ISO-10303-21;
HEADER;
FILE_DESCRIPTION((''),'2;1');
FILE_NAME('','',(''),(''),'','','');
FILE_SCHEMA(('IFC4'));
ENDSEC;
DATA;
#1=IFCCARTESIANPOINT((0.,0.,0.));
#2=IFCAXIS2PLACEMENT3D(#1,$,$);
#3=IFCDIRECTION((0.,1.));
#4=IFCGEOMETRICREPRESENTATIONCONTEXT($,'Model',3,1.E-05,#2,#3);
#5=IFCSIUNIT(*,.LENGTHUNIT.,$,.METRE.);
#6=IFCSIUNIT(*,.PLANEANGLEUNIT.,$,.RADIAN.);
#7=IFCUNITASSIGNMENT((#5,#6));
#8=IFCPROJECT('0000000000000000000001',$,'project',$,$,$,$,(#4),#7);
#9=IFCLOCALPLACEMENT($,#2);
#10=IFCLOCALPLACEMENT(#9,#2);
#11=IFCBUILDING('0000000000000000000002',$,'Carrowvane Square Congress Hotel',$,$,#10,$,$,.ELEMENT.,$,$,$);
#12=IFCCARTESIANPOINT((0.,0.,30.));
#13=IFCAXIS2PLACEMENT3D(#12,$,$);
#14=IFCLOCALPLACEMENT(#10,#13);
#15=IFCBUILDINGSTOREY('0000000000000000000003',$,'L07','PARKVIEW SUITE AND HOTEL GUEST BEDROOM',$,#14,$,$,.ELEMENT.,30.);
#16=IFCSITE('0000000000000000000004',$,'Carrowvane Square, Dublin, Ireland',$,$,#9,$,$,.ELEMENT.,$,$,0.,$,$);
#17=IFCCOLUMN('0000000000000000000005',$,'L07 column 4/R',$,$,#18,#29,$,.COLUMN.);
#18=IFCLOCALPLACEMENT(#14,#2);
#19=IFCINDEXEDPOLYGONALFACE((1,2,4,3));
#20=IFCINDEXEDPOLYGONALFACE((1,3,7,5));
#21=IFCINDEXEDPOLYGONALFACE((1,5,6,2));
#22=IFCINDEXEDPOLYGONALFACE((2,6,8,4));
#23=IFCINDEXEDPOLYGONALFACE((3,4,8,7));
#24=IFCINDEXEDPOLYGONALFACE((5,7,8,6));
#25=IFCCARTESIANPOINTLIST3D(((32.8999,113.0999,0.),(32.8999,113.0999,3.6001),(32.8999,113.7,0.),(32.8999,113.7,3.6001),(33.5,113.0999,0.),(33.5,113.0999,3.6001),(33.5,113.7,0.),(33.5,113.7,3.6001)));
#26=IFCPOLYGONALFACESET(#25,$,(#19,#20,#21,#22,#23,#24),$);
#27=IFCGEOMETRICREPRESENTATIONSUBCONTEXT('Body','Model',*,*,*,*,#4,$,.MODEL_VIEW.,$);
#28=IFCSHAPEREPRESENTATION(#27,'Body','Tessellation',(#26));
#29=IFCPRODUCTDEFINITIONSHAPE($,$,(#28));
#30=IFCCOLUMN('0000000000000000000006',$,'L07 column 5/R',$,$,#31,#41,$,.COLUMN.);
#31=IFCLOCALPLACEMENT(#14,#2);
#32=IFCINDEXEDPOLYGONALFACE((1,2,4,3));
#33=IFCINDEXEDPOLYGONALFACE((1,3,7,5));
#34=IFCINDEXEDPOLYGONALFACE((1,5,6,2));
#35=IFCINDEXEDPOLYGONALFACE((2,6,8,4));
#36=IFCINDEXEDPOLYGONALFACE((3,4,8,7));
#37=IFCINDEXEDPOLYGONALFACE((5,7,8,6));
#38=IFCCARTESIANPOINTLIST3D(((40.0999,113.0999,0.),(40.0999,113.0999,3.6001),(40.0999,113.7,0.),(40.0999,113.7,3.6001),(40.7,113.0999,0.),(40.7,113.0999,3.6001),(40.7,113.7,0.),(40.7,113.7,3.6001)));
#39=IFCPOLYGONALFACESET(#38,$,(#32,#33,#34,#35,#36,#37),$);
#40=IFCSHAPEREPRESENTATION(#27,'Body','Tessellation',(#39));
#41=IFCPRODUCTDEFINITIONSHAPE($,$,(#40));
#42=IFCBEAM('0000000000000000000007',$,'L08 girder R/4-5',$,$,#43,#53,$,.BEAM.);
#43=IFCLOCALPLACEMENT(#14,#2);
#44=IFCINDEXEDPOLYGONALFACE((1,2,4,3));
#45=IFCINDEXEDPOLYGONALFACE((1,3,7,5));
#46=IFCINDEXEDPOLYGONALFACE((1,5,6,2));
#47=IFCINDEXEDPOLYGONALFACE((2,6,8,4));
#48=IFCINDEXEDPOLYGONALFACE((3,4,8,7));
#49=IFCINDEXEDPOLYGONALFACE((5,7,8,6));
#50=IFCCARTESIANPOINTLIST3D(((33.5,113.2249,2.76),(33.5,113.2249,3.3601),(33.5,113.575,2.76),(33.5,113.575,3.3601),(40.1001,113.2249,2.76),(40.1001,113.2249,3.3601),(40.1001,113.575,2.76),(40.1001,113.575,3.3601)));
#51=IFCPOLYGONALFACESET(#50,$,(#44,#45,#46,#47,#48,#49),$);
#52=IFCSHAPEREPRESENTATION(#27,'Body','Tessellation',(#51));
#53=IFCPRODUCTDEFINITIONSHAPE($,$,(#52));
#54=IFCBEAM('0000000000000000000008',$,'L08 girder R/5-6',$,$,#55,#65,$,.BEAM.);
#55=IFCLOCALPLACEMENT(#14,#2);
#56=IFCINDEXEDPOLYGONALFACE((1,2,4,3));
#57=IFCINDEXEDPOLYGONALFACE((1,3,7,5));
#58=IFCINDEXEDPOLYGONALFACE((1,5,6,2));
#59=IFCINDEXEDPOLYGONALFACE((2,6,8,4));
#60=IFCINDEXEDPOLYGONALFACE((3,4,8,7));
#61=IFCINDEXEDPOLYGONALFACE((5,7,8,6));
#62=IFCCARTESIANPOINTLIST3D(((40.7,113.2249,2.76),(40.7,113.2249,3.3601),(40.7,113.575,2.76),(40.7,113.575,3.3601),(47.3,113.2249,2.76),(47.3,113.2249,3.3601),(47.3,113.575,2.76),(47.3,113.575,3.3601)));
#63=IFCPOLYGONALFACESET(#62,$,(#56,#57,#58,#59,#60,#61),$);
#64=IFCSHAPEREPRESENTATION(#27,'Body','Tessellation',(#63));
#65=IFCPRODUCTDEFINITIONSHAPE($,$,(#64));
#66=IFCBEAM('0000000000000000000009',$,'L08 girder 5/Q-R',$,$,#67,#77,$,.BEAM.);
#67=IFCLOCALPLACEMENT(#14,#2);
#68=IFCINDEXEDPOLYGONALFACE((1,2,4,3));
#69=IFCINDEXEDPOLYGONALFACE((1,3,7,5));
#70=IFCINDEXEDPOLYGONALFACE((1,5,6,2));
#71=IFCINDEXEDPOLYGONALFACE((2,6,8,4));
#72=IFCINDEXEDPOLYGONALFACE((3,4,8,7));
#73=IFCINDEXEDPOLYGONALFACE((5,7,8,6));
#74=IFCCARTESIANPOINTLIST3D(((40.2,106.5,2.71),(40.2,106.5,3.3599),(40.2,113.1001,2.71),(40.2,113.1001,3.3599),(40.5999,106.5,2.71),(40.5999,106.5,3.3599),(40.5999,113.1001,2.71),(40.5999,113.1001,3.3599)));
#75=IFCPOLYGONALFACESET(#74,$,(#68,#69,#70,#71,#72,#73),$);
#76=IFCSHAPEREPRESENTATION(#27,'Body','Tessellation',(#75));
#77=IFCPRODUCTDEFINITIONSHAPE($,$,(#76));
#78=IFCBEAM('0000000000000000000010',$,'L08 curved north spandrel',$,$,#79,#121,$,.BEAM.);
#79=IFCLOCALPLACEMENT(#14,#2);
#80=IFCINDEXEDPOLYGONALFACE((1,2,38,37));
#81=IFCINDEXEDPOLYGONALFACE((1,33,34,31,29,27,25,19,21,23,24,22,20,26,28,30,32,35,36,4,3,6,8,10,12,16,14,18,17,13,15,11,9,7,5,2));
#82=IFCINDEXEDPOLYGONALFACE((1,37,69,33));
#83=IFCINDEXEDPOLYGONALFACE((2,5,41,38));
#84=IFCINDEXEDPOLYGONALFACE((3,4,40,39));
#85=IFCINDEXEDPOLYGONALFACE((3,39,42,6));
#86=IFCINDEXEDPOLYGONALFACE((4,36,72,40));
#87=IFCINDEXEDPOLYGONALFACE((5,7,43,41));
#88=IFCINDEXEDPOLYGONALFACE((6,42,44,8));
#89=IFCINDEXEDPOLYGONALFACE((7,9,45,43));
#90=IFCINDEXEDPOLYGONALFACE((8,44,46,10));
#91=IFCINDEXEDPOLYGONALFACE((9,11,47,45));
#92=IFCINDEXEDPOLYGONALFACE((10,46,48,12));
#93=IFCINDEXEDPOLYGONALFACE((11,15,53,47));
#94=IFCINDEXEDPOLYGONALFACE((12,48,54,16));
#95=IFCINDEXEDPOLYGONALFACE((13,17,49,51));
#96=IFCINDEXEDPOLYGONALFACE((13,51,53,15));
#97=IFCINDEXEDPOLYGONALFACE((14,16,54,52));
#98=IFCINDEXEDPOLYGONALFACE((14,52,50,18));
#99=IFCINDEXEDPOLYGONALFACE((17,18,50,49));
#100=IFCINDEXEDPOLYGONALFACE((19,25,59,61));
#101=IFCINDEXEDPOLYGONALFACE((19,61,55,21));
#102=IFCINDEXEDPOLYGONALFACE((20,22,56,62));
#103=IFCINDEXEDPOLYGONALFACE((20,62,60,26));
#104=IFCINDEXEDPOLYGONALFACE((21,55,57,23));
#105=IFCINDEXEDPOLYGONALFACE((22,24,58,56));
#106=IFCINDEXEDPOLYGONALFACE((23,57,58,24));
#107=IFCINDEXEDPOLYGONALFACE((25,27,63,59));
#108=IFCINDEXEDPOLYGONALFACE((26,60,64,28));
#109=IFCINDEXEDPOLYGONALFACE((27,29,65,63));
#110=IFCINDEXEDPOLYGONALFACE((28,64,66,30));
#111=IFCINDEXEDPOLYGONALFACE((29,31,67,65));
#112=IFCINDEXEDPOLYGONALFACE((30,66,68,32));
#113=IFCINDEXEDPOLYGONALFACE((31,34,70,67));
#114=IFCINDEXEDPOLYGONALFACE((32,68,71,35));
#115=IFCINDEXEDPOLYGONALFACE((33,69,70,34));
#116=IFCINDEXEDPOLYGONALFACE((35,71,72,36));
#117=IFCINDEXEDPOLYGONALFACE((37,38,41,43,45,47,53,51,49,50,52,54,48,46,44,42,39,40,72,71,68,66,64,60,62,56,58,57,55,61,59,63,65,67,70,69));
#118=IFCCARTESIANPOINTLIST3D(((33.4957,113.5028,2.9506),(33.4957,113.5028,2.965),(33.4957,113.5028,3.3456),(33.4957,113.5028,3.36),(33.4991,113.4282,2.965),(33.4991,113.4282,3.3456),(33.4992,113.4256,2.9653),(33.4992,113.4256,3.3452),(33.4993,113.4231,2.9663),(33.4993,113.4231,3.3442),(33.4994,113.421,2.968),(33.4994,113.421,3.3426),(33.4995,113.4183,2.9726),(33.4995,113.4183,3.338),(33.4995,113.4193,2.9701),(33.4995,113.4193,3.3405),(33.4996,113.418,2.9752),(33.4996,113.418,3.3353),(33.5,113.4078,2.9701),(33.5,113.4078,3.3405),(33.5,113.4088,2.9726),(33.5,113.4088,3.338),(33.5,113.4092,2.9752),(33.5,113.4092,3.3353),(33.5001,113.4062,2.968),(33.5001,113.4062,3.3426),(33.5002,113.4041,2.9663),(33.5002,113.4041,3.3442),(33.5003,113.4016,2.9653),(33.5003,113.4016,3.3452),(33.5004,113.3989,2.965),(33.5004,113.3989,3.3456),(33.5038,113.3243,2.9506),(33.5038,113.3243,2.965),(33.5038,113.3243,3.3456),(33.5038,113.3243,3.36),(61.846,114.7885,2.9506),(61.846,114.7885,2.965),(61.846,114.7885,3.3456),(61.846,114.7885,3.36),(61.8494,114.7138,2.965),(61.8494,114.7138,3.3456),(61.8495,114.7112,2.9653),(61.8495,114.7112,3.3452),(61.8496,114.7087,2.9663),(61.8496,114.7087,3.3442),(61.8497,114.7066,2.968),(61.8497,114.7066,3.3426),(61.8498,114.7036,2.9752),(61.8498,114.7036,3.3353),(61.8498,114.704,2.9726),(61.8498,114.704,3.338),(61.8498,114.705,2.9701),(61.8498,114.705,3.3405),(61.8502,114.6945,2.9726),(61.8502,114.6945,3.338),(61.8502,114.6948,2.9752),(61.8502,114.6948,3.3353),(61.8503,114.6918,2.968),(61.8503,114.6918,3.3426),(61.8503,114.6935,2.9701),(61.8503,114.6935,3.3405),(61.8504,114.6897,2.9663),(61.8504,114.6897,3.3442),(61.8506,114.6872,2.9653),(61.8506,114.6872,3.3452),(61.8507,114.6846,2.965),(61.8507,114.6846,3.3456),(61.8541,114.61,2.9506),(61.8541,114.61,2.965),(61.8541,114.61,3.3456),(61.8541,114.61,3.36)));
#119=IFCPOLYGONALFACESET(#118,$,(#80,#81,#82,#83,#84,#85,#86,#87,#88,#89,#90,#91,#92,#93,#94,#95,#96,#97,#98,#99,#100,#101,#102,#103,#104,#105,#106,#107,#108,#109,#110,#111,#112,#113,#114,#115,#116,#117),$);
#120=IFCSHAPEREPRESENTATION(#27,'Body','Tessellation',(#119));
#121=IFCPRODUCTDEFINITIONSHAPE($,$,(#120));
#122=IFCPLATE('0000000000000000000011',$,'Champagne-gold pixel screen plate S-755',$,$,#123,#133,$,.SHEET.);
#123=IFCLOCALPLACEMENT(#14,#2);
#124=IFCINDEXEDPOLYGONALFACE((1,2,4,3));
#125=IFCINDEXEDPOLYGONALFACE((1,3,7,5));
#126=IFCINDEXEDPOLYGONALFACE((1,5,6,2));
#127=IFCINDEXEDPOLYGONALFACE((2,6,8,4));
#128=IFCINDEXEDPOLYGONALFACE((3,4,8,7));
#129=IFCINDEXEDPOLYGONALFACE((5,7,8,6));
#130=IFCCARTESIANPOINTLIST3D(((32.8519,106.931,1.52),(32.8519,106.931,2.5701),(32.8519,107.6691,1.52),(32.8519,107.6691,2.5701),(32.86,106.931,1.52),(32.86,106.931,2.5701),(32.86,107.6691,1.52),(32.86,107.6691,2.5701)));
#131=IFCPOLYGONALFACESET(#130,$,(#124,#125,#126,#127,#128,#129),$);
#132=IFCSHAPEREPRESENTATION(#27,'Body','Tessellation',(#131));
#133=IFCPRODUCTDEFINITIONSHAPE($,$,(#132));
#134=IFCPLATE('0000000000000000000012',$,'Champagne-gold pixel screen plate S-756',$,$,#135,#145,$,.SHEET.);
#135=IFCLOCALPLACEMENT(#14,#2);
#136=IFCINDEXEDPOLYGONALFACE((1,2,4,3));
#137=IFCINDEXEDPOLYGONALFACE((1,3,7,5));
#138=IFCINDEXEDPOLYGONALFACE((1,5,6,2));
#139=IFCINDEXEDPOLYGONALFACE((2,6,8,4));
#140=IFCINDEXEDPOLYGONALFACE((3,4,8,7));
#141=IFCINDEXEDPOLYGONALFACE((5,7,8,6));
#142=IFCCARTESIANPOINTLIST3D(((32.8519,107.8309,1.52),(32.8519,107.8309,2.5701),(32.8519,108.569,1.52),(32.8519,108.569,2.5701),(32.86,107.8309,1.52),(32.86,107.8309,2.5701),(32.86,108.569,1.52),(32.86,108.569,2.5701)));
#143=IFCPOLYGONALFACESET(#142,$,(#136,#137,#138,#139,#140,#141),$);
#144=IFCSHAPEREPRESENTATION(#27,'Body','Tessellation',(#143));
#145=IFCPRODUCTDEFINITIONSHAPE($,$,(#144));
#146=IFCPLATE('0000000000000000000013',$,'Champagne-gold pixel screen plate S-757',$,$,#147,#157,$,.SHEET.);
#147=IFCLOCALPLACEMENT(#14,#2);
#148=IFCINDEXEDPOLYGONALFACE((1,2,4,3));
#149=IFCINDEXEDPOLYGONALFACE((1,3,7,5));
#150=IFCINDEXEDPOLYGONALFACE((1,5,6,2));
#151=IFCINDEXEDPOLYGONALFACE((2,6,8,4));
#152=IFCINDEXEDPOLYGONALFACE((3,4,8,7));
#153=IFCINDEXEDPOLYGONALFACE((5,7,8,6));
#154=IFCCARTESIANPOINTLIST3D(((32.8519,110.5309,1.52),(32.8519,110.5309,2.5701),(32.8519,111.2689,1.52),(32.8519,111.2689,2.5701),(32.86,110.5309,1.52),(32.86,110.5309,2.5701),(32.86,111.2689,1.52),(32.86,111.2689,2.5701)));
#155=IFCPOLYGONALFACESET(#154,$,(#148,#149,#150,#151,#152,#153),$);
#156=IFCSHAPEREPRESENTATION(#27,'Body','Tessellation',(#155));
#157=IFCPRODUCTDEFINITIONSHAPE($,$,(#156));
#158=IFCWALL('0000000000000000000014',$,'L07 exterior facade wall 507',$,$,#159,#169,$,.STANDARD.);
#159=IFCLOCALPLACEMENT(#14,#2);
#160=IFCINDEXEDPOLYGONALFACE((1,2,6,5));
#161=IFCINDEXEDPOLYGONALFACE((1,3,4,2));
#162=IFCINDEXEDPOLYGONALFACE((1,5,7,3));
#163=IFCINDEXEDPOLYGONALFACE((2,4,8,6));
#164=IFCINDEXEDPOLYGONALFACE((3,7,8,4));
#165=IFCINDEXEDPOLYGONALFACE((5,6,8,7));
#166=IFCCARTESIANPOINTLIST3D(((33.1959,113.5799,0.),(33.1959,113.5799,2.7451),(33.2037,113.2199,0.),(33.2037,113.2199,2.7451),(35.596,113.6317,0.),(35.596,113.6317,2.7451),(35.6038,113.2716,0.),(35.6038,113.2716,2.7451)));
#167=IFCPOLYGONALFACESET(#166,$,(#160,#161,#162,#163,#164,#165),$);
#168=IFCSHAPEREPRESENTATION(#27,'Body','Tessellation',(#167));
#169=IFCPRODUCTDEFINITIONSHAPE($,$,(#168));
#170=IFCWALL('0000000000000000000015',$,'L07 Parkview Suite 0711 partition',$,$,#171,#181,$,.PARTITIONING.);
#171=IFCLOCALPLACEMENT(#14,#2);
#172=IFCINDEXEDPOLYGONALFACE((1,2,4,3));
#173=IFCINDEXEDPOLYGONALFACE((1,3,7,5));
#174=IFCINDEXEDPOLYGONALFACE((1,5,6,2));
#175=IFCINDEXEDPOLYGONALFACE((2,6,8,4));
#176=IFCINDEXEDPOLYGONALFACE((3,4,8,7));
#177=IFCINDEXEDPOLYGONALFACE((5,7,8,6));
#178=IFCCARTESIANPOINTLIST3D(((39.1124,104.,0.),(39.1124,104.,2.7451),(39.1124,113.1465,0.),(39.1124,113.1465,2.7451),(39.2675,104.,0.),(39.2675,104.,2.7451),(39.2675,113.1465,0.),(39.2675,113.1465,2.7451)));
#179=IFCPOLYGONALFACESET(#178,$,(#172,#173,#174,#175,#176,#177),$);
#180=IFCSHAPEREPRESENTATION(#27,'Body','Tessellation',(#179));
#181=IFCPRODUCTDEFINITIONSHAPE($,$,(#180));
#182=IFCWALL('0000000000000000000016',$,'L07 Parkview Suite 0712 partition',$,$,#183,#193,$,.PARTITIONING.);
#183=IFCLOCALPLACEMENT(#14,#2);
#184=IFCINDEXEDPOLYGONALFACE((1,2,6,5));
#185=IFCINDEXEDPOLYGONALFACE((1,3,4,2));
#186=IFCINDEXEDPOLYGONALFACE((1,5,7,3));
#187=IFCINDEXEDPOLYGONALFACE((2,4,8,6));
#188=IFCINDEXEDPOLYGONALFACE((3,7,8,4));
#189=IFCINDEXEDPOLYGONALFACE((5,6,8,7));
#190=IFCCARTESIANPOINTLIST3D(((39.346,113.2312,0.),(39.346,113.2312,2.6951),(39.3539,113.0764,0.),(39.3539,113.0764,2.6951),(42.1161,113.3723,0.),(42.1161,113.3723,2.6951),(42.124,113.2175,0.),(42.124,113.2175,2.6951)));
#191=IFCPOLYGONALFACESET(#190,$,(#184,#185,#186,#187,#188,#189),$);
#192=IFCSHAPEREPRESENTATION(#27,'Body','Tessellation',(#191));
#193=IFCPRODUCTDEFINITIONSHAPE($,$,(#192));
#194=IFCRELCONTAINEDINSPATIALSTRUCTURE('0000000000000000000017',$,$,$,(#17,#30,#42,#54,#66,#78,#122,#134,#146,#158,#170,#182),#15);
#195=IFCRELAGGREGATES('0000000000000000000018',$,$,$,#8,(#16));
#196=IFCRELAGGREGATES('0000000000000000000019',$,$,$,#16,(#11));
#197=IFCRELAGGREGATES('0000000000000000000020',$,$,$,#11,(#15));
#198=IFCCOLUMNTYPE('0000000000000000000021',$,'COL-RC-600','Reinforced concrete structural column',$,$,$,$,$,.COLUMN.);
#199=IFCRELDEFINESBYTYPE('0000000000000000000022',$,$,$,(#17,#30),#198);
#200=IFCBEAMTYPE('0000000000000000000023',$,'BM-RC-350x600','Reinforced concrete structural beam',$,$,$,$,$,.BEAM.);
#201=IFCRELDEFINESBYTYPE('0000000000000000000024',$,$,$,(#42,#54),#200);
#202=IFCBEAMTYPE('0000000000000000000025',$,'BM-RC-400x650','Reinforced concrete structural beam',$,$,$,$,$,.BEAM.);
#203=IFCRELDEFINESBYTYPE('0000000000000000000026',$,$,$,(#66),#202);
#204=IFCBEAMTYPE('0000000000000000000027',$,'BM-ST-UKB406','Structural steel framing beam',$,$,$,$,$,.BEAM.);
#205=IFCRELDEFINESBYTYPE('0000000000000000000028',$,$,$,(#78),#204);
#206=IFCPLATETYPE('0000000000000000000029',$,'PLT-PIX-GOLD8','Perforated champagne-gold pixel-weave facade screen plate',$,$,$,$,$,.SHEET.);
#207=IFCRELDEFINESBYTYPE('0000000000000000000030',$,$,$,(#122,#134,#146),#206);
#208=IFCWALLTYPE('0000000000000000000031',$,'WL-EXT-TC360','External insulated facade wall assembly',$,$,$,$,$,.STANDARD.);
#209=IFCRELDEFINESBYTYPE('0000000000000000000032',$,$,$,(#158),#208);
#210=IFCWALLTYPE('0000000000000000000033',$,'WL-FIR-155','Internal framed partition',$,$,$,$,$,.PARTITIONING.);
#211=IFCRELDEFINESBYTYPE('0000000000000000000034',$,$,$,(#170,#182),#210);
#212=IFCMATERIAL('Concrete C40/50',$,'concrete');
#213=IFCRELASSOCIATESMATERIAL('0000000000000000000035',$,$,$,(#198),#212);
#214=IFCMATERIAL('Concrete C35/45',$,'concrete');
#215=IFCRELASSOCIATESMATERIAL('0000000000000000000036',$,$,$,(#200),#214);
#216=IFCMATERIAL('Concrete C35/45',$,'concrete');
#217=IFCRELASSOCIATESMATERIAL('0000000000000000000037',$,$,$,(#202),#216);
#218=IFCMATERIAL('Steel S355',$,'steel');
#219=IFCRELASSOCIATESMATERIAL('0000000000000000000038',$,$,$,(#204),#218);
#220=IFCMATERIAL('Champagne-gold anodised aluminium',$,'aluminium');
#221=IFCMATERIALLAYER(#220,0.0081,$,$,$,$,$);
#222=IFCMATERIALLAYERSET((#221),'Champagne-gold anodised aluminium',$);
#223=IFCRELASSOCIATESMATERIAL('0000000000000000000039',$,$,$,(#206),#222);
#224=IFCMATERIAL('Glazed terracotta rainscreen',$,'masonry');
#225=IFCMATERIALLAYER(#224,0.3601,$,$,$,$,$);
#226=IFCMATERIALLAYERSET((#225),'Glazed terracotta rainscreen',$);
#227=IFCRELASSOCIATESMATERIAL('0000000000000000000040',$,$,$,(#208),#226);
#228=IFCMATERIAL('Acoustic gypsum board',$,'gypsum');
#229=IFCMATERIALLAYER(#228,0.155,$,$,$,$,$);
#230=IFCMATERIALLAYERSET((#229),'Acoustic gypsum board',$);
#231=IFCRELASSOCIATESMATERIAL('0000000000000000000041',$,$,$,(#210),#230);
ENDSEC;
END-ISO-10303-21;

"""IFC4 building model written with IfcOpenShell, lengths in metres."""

from ifc_helpers import new_model, si_unit, direction, frame, frame_2d, origin, origin_2d, place, context, subcontext, project, spatial, rectangle, i_section, extrude, material, layer, layer_set, material_profile, profile_set, type_object, element, save


model = new_model("IFC4")

# Units and contexts
model_context = context("Model", 3, precision=1e-05, world=origin(), true_north=direction((0.0, 1.0)))
body_context = subcontext(model_context, "Body", "Model", "MODEL_VIEW")
ifc_project = project(units=[si_unit("LENGTHUNIT", "METRE"), si_unit("PLANEANGLEUNIT", "RADIAN")], contexts=[model_context])

# Site, building, storey
site_placement = place(None, origin())
site = spatial("IfcSite", under=ifc_project, at=site_placement, Name="Carrowvane Square, Dublin, Ireland", CompositionType="ELEMENT", RefElevation=0.0)
building_placement = place(site_placement, origin())
building = spatial("IfcBuilding", under=site, at=building_placement, Name="Carrowvane Square Congress Hotel", CompositionType="ELEMENT")
storey_placement = place(building_placement, frame((0.0, 0.0, 30.0)))
storey = spatial("IfcBuildingStorey", under=building, at=storey_placement, Name="L07", Description="PARKVIEW SUITE AND HOTEL GUEST BEDROOM", CompositionType="ELEMENT", Elevation=30.0)

# Columns
ifc_material_1 = material(Name="Concrete C40/50", Category="concrete")
ifc_material_profile_1 = material_profile(ifc_material_1, rectangle(XDim=0.6001, YDim=0.6001, at=origin_2d()), Name="RC 600x600")
ifc_profile_set_1 = profile_set([ifc_material_profile_1], Name="Concrete C40/50")
column_type = type_object("IfcColumnType", Name="COL-RC-600", Description="Reinforced concrete structural column", PredefinedType="COLUMN", material=ifc_profile_set_1)
for number, where, z_axis, x_axis, name in (
    (1, (33.2, 113.3999, 0.0), (0.0, 0.0, 1.0), (1.0, 0.0, 0.0), "L07 column 4/R"),
    (2, (40.3999, 113.3999, 0.0), (0.0, 0.0, 1.0), (1.0, 0.0, 0.0), "L07 column 5/R"),
):
    element("IfcColumn", number, at=place(storey_placement, frame(where, z_axis=z_axis, x_axis=x_axis)), inside=storey, type_object=column_type, Name=name, PredefinedType="COLUMN", context=body_context, shape_type="SweptSolid", body=[
        extrude(rectangle(XDim=0.6001, YDim=0.6001, at=origin_2d()), origin(), (0.0, 0.0, 1.0), 3.6001),
    ])

# Beams
ifc_material_2 = material(Name="Concrete C35/45", Category="concrete")
ifc_material_profile_2 = material_profile(ifc_material_2, rectangle(XDim=0.3501, YDim=0.6001, at=origin_2d()), Name="RC 350x600")
ifc_profile_set_2 = profile_set([ifc_material_profile_2], Name="Concrete C35/45")
beam_type_1 = type_object("IfcBeamType", Name="BM-RC-350x600", Description="Reinforced concrete structural beam", PredefinedType="BEAM", material=ifc_profile_set_2)
for number, where, z_axis, x_axis, name in (
    (3, (33.5, 113.3999, 3.0601), (1.0, 0.0, 0.0), (0.0, 1.0, 0.0), "L08 girder R/4-5"),
    (4, (40.7, 113.3999, 3.0601), (1.0, 0.0, 0.0), (0.0, 1.0, 0.0), "L08 girder R/5-6"),
):
    element("IfcBeam", number, at=place(storey_placement, frame(where, z_axis=z_axis, x_axis=x_axis)), inside=storey, type_object=beam_type_1, Name=name, PredefinedType="BEAM", context=body_context, shape_type="SweptSolid", body=[
        extrude(rectangle(XDim=0.3501, YDim=0.6001, at=origin_2d()), origin(), (0.0, 0.0, 1.0), 6.6001),
    ])
ifc_material_3 = material(Name="Concrete C35/45", Category="concrete")
ifc_material_profile_3 = material_profile(ifc_material_3, rectangle(XDim=0.3999, YDim=0.6499, at=origin_2d()), Name="RC 400x650")
ifc_profile_set_3 = profile_set([ifc_material_profile_3], Name="Concrete C35/45")
beam_type_2 = type_object("IfcBeamType", Name="BM-RC-400x650", Description="Reinforced concrete structural beam", PredefinedType="BEAM", material=ifc_profile_set_3)
beam_1_placement = place(storey_placement, frame((40.3999, 106.5, 3.0349), z_axis=(0.0, 1.0, 0.0), x_axis=(-1.0, 0.0, 0.0)))
element("IfcBeam", 5, at=beam_1_placement, inside=storey, type_object=beam_type_2, Name="L08 girder 5/Q-R", PredefinedType="BEAM", context=body_context, shape_type="SweptSolid", body=[
    extrude(rectangle(XDim=0.3999, YDim=0.6499, at=origin_2d()), origin(), (0.0, 0.0, 1.0), 6.6001),
])
ifc_material_4 = material(Name="Steel S355", Category="steel")
ifc_material_profile_4 = material_profile(ifc_material_4, i_section(OverallWidth=0.1787, OverallDepth=0.4094, WebThickness=0.0088, FlangeThickness=0.0144, FilletRadius=0.0103, at=origin_2d()), Name="UKB 406x178x67")
ifc_profile_set_4 = profile_set([ifc_material_profile_4], Name="Steel S355")
beam_type_3 = type_object("IfcBeamType", Name="BM-ST-UKB406", Description="Structural steel framing beam", PredefinedType="BEAM", material=ifc_profile_set_4)
beam_2_placement = place(storey_placement, frame((33.4998, 113.4136, 3.1553), z_axis=(0.998973, 0.045302, 0.0), x_axis=(-0.045302, 0.998973, 0.0)))
element("IfcBeam", 6, at=beam_2_placement, inside=storey, type_object=beam_type_3, Name="L08 curved north spandrel", PredefinedType="BEAM", context=body_context, shape_type="SweptSolid", body=[
    extrude(i_section(OverallWidth=0.1787, OverallDepth=0.4094, WebThickness=0.0088, FlangeThickness=0.0144, FilletRadius=0.0103, at=origin_2d()), origin(), (0.0, 0.0, 1.0), 28.3794),
])

# Plates
ifc_material_5 = material(Name="Champagne-gold anodised aluminium", Category="aluminium")
ifc_layer_1 = layer(ifc_material_5, 0.0081)
ifc_layer_set_1 = layer_set([ifc_layer_1], Name="Champagne-gold anodised aluminium")
plate_type = type_object("IfcPlateType", Name="PLT-PIX-GOLD8", Description="Perforated champagne-gold pixel-weave facade screen plate", PredefinedType="SHEET", material=ifc_layer_set_1)
for number, where, z_axis, x_axis, name in (
    (7, (32.856, 107.3, 1.52), (0.0, 0.0, 1.0), (0.0, 1.0, 0.0), "Champagne-gold pixel screen plate S-755"),
    (8, (32.856, 108.2, 1.52), (0.0, 0.0, 1.0), (0.0, 1.0, 0.0), "Champagne-gold pixel screen plate S-756"),
    (9, (32.856, 110.8999, 1.52), (0.0, 0.0, 1.0), (0.0, 1.0, 0.0), "Champagne-gold pixel screen plate S-757"),
):
    element("IfcPlate", number, at=place(storey_placement, frame(where, z_axis=z_axis, x_axis=x_axis)), inside=storey, type_object=plate_type, Name=name, PredefinedType="SHEET", context=body_context, shape_type="SweptSolid", body=[
        extrude(rectangle(XDim=0.738, YDim=0.0081, at=origin_2d()), origin(), (0.0, 0.0, 1.0), 1.05),
    ])

# Walls
ifc_material_6 = material(Name="Glazed terracotta rainscreen", Category="masonry")
ifc_layer_2 = layer(ifc_material_6, 0.3601)
ifc_layer_set_2 = layer_set([ifc_layer_2], Name="Glazed terracotta rainscreen")
wall_type_1 = type_object("IfcWallType", Name="WL-EXT-TC360", Description="External insulated facade wall assembly", PredefinedType="STANDARD", material=ifc_layer_set_2)
wall_1_placement = place(storey_placement, frame((33.2, 113.3999, 0.0), z_axis=(0.0, 0.0, 1.0), x_axis=(0.999768, 0.021559, 0.0)))
element("IfcWall", 10, at=wall_1_placement, inside=storey, type_object=wall_type_1, Name="L07 exterior facade wall 507", PredefinedType="STANDARD", context=body_context, shape_type="SweptSolid", body=[
    extrude(rectangle(XDim=2.4006, YDim=0.3601, at=frame_2d((1.2002, 0.0))), origin(), (0.0, 0.0, 1.0), 2.7451),
])
ifc_material_7 = material(Name="Acoustic gypsum board", Category="gypsum")
ifc_layer_3 = layer(ifc_material_7, 0.155)
ifc_layer_set_3 = layer_set([ifc_layer_3], Name="Acoustic gypsum board")
wall_type_2 = type_object("IfcWallType", Name="WL-FIR-155", Description="Internal framed partition", PredefinedType="PARTITIONING", material=ifc_layer_set_3)
wall_2_placement = place(storey_placement, frame((39.1899, 113.1465, 0.0), z_axis=(0.0, 0.0, 1.0), x_axis=(0.0, -1.0, 0.0)))
element("IfcWall", 11, at=wall_2_placement, inside=storey, type_object=wall_type_2, Name="L07 Parkview Suite 0711 partition", PredefinedType="PARTITIONING", context=body_context, shape_type="SweptSolid", body=[
    extrude(rectangle(XDim=9.1465, YDim=0.155, at=frame_2d((4.5732, 0.0))), origin(), (0.0, 0.0, 1.0), 2.7451),
])
wall_3_placement = place(storey_placement, frame((39.3501, 113.1538, 0.0), z_axis=(0.0, 0.0, 1.0), x_axis=(0.998705, 0.050877, 0.0)))
element("IfcWall", 12, at=wall_3_placement, inside=storey, type_object=wall_type_2, Name="L07 Parkview Suite 0712 partition", PredefinedType="PARTITIONING", context=body_context, shape_type="SweptSolid", body=[
    extrude(rectangle(XDim=2.7737, YDim=0.155, at=frame_2d((1.3867, 0.0))), origin(), (0.0, 0.0, 1.0), 2.6951),
])

save(model, "model.ifc")
